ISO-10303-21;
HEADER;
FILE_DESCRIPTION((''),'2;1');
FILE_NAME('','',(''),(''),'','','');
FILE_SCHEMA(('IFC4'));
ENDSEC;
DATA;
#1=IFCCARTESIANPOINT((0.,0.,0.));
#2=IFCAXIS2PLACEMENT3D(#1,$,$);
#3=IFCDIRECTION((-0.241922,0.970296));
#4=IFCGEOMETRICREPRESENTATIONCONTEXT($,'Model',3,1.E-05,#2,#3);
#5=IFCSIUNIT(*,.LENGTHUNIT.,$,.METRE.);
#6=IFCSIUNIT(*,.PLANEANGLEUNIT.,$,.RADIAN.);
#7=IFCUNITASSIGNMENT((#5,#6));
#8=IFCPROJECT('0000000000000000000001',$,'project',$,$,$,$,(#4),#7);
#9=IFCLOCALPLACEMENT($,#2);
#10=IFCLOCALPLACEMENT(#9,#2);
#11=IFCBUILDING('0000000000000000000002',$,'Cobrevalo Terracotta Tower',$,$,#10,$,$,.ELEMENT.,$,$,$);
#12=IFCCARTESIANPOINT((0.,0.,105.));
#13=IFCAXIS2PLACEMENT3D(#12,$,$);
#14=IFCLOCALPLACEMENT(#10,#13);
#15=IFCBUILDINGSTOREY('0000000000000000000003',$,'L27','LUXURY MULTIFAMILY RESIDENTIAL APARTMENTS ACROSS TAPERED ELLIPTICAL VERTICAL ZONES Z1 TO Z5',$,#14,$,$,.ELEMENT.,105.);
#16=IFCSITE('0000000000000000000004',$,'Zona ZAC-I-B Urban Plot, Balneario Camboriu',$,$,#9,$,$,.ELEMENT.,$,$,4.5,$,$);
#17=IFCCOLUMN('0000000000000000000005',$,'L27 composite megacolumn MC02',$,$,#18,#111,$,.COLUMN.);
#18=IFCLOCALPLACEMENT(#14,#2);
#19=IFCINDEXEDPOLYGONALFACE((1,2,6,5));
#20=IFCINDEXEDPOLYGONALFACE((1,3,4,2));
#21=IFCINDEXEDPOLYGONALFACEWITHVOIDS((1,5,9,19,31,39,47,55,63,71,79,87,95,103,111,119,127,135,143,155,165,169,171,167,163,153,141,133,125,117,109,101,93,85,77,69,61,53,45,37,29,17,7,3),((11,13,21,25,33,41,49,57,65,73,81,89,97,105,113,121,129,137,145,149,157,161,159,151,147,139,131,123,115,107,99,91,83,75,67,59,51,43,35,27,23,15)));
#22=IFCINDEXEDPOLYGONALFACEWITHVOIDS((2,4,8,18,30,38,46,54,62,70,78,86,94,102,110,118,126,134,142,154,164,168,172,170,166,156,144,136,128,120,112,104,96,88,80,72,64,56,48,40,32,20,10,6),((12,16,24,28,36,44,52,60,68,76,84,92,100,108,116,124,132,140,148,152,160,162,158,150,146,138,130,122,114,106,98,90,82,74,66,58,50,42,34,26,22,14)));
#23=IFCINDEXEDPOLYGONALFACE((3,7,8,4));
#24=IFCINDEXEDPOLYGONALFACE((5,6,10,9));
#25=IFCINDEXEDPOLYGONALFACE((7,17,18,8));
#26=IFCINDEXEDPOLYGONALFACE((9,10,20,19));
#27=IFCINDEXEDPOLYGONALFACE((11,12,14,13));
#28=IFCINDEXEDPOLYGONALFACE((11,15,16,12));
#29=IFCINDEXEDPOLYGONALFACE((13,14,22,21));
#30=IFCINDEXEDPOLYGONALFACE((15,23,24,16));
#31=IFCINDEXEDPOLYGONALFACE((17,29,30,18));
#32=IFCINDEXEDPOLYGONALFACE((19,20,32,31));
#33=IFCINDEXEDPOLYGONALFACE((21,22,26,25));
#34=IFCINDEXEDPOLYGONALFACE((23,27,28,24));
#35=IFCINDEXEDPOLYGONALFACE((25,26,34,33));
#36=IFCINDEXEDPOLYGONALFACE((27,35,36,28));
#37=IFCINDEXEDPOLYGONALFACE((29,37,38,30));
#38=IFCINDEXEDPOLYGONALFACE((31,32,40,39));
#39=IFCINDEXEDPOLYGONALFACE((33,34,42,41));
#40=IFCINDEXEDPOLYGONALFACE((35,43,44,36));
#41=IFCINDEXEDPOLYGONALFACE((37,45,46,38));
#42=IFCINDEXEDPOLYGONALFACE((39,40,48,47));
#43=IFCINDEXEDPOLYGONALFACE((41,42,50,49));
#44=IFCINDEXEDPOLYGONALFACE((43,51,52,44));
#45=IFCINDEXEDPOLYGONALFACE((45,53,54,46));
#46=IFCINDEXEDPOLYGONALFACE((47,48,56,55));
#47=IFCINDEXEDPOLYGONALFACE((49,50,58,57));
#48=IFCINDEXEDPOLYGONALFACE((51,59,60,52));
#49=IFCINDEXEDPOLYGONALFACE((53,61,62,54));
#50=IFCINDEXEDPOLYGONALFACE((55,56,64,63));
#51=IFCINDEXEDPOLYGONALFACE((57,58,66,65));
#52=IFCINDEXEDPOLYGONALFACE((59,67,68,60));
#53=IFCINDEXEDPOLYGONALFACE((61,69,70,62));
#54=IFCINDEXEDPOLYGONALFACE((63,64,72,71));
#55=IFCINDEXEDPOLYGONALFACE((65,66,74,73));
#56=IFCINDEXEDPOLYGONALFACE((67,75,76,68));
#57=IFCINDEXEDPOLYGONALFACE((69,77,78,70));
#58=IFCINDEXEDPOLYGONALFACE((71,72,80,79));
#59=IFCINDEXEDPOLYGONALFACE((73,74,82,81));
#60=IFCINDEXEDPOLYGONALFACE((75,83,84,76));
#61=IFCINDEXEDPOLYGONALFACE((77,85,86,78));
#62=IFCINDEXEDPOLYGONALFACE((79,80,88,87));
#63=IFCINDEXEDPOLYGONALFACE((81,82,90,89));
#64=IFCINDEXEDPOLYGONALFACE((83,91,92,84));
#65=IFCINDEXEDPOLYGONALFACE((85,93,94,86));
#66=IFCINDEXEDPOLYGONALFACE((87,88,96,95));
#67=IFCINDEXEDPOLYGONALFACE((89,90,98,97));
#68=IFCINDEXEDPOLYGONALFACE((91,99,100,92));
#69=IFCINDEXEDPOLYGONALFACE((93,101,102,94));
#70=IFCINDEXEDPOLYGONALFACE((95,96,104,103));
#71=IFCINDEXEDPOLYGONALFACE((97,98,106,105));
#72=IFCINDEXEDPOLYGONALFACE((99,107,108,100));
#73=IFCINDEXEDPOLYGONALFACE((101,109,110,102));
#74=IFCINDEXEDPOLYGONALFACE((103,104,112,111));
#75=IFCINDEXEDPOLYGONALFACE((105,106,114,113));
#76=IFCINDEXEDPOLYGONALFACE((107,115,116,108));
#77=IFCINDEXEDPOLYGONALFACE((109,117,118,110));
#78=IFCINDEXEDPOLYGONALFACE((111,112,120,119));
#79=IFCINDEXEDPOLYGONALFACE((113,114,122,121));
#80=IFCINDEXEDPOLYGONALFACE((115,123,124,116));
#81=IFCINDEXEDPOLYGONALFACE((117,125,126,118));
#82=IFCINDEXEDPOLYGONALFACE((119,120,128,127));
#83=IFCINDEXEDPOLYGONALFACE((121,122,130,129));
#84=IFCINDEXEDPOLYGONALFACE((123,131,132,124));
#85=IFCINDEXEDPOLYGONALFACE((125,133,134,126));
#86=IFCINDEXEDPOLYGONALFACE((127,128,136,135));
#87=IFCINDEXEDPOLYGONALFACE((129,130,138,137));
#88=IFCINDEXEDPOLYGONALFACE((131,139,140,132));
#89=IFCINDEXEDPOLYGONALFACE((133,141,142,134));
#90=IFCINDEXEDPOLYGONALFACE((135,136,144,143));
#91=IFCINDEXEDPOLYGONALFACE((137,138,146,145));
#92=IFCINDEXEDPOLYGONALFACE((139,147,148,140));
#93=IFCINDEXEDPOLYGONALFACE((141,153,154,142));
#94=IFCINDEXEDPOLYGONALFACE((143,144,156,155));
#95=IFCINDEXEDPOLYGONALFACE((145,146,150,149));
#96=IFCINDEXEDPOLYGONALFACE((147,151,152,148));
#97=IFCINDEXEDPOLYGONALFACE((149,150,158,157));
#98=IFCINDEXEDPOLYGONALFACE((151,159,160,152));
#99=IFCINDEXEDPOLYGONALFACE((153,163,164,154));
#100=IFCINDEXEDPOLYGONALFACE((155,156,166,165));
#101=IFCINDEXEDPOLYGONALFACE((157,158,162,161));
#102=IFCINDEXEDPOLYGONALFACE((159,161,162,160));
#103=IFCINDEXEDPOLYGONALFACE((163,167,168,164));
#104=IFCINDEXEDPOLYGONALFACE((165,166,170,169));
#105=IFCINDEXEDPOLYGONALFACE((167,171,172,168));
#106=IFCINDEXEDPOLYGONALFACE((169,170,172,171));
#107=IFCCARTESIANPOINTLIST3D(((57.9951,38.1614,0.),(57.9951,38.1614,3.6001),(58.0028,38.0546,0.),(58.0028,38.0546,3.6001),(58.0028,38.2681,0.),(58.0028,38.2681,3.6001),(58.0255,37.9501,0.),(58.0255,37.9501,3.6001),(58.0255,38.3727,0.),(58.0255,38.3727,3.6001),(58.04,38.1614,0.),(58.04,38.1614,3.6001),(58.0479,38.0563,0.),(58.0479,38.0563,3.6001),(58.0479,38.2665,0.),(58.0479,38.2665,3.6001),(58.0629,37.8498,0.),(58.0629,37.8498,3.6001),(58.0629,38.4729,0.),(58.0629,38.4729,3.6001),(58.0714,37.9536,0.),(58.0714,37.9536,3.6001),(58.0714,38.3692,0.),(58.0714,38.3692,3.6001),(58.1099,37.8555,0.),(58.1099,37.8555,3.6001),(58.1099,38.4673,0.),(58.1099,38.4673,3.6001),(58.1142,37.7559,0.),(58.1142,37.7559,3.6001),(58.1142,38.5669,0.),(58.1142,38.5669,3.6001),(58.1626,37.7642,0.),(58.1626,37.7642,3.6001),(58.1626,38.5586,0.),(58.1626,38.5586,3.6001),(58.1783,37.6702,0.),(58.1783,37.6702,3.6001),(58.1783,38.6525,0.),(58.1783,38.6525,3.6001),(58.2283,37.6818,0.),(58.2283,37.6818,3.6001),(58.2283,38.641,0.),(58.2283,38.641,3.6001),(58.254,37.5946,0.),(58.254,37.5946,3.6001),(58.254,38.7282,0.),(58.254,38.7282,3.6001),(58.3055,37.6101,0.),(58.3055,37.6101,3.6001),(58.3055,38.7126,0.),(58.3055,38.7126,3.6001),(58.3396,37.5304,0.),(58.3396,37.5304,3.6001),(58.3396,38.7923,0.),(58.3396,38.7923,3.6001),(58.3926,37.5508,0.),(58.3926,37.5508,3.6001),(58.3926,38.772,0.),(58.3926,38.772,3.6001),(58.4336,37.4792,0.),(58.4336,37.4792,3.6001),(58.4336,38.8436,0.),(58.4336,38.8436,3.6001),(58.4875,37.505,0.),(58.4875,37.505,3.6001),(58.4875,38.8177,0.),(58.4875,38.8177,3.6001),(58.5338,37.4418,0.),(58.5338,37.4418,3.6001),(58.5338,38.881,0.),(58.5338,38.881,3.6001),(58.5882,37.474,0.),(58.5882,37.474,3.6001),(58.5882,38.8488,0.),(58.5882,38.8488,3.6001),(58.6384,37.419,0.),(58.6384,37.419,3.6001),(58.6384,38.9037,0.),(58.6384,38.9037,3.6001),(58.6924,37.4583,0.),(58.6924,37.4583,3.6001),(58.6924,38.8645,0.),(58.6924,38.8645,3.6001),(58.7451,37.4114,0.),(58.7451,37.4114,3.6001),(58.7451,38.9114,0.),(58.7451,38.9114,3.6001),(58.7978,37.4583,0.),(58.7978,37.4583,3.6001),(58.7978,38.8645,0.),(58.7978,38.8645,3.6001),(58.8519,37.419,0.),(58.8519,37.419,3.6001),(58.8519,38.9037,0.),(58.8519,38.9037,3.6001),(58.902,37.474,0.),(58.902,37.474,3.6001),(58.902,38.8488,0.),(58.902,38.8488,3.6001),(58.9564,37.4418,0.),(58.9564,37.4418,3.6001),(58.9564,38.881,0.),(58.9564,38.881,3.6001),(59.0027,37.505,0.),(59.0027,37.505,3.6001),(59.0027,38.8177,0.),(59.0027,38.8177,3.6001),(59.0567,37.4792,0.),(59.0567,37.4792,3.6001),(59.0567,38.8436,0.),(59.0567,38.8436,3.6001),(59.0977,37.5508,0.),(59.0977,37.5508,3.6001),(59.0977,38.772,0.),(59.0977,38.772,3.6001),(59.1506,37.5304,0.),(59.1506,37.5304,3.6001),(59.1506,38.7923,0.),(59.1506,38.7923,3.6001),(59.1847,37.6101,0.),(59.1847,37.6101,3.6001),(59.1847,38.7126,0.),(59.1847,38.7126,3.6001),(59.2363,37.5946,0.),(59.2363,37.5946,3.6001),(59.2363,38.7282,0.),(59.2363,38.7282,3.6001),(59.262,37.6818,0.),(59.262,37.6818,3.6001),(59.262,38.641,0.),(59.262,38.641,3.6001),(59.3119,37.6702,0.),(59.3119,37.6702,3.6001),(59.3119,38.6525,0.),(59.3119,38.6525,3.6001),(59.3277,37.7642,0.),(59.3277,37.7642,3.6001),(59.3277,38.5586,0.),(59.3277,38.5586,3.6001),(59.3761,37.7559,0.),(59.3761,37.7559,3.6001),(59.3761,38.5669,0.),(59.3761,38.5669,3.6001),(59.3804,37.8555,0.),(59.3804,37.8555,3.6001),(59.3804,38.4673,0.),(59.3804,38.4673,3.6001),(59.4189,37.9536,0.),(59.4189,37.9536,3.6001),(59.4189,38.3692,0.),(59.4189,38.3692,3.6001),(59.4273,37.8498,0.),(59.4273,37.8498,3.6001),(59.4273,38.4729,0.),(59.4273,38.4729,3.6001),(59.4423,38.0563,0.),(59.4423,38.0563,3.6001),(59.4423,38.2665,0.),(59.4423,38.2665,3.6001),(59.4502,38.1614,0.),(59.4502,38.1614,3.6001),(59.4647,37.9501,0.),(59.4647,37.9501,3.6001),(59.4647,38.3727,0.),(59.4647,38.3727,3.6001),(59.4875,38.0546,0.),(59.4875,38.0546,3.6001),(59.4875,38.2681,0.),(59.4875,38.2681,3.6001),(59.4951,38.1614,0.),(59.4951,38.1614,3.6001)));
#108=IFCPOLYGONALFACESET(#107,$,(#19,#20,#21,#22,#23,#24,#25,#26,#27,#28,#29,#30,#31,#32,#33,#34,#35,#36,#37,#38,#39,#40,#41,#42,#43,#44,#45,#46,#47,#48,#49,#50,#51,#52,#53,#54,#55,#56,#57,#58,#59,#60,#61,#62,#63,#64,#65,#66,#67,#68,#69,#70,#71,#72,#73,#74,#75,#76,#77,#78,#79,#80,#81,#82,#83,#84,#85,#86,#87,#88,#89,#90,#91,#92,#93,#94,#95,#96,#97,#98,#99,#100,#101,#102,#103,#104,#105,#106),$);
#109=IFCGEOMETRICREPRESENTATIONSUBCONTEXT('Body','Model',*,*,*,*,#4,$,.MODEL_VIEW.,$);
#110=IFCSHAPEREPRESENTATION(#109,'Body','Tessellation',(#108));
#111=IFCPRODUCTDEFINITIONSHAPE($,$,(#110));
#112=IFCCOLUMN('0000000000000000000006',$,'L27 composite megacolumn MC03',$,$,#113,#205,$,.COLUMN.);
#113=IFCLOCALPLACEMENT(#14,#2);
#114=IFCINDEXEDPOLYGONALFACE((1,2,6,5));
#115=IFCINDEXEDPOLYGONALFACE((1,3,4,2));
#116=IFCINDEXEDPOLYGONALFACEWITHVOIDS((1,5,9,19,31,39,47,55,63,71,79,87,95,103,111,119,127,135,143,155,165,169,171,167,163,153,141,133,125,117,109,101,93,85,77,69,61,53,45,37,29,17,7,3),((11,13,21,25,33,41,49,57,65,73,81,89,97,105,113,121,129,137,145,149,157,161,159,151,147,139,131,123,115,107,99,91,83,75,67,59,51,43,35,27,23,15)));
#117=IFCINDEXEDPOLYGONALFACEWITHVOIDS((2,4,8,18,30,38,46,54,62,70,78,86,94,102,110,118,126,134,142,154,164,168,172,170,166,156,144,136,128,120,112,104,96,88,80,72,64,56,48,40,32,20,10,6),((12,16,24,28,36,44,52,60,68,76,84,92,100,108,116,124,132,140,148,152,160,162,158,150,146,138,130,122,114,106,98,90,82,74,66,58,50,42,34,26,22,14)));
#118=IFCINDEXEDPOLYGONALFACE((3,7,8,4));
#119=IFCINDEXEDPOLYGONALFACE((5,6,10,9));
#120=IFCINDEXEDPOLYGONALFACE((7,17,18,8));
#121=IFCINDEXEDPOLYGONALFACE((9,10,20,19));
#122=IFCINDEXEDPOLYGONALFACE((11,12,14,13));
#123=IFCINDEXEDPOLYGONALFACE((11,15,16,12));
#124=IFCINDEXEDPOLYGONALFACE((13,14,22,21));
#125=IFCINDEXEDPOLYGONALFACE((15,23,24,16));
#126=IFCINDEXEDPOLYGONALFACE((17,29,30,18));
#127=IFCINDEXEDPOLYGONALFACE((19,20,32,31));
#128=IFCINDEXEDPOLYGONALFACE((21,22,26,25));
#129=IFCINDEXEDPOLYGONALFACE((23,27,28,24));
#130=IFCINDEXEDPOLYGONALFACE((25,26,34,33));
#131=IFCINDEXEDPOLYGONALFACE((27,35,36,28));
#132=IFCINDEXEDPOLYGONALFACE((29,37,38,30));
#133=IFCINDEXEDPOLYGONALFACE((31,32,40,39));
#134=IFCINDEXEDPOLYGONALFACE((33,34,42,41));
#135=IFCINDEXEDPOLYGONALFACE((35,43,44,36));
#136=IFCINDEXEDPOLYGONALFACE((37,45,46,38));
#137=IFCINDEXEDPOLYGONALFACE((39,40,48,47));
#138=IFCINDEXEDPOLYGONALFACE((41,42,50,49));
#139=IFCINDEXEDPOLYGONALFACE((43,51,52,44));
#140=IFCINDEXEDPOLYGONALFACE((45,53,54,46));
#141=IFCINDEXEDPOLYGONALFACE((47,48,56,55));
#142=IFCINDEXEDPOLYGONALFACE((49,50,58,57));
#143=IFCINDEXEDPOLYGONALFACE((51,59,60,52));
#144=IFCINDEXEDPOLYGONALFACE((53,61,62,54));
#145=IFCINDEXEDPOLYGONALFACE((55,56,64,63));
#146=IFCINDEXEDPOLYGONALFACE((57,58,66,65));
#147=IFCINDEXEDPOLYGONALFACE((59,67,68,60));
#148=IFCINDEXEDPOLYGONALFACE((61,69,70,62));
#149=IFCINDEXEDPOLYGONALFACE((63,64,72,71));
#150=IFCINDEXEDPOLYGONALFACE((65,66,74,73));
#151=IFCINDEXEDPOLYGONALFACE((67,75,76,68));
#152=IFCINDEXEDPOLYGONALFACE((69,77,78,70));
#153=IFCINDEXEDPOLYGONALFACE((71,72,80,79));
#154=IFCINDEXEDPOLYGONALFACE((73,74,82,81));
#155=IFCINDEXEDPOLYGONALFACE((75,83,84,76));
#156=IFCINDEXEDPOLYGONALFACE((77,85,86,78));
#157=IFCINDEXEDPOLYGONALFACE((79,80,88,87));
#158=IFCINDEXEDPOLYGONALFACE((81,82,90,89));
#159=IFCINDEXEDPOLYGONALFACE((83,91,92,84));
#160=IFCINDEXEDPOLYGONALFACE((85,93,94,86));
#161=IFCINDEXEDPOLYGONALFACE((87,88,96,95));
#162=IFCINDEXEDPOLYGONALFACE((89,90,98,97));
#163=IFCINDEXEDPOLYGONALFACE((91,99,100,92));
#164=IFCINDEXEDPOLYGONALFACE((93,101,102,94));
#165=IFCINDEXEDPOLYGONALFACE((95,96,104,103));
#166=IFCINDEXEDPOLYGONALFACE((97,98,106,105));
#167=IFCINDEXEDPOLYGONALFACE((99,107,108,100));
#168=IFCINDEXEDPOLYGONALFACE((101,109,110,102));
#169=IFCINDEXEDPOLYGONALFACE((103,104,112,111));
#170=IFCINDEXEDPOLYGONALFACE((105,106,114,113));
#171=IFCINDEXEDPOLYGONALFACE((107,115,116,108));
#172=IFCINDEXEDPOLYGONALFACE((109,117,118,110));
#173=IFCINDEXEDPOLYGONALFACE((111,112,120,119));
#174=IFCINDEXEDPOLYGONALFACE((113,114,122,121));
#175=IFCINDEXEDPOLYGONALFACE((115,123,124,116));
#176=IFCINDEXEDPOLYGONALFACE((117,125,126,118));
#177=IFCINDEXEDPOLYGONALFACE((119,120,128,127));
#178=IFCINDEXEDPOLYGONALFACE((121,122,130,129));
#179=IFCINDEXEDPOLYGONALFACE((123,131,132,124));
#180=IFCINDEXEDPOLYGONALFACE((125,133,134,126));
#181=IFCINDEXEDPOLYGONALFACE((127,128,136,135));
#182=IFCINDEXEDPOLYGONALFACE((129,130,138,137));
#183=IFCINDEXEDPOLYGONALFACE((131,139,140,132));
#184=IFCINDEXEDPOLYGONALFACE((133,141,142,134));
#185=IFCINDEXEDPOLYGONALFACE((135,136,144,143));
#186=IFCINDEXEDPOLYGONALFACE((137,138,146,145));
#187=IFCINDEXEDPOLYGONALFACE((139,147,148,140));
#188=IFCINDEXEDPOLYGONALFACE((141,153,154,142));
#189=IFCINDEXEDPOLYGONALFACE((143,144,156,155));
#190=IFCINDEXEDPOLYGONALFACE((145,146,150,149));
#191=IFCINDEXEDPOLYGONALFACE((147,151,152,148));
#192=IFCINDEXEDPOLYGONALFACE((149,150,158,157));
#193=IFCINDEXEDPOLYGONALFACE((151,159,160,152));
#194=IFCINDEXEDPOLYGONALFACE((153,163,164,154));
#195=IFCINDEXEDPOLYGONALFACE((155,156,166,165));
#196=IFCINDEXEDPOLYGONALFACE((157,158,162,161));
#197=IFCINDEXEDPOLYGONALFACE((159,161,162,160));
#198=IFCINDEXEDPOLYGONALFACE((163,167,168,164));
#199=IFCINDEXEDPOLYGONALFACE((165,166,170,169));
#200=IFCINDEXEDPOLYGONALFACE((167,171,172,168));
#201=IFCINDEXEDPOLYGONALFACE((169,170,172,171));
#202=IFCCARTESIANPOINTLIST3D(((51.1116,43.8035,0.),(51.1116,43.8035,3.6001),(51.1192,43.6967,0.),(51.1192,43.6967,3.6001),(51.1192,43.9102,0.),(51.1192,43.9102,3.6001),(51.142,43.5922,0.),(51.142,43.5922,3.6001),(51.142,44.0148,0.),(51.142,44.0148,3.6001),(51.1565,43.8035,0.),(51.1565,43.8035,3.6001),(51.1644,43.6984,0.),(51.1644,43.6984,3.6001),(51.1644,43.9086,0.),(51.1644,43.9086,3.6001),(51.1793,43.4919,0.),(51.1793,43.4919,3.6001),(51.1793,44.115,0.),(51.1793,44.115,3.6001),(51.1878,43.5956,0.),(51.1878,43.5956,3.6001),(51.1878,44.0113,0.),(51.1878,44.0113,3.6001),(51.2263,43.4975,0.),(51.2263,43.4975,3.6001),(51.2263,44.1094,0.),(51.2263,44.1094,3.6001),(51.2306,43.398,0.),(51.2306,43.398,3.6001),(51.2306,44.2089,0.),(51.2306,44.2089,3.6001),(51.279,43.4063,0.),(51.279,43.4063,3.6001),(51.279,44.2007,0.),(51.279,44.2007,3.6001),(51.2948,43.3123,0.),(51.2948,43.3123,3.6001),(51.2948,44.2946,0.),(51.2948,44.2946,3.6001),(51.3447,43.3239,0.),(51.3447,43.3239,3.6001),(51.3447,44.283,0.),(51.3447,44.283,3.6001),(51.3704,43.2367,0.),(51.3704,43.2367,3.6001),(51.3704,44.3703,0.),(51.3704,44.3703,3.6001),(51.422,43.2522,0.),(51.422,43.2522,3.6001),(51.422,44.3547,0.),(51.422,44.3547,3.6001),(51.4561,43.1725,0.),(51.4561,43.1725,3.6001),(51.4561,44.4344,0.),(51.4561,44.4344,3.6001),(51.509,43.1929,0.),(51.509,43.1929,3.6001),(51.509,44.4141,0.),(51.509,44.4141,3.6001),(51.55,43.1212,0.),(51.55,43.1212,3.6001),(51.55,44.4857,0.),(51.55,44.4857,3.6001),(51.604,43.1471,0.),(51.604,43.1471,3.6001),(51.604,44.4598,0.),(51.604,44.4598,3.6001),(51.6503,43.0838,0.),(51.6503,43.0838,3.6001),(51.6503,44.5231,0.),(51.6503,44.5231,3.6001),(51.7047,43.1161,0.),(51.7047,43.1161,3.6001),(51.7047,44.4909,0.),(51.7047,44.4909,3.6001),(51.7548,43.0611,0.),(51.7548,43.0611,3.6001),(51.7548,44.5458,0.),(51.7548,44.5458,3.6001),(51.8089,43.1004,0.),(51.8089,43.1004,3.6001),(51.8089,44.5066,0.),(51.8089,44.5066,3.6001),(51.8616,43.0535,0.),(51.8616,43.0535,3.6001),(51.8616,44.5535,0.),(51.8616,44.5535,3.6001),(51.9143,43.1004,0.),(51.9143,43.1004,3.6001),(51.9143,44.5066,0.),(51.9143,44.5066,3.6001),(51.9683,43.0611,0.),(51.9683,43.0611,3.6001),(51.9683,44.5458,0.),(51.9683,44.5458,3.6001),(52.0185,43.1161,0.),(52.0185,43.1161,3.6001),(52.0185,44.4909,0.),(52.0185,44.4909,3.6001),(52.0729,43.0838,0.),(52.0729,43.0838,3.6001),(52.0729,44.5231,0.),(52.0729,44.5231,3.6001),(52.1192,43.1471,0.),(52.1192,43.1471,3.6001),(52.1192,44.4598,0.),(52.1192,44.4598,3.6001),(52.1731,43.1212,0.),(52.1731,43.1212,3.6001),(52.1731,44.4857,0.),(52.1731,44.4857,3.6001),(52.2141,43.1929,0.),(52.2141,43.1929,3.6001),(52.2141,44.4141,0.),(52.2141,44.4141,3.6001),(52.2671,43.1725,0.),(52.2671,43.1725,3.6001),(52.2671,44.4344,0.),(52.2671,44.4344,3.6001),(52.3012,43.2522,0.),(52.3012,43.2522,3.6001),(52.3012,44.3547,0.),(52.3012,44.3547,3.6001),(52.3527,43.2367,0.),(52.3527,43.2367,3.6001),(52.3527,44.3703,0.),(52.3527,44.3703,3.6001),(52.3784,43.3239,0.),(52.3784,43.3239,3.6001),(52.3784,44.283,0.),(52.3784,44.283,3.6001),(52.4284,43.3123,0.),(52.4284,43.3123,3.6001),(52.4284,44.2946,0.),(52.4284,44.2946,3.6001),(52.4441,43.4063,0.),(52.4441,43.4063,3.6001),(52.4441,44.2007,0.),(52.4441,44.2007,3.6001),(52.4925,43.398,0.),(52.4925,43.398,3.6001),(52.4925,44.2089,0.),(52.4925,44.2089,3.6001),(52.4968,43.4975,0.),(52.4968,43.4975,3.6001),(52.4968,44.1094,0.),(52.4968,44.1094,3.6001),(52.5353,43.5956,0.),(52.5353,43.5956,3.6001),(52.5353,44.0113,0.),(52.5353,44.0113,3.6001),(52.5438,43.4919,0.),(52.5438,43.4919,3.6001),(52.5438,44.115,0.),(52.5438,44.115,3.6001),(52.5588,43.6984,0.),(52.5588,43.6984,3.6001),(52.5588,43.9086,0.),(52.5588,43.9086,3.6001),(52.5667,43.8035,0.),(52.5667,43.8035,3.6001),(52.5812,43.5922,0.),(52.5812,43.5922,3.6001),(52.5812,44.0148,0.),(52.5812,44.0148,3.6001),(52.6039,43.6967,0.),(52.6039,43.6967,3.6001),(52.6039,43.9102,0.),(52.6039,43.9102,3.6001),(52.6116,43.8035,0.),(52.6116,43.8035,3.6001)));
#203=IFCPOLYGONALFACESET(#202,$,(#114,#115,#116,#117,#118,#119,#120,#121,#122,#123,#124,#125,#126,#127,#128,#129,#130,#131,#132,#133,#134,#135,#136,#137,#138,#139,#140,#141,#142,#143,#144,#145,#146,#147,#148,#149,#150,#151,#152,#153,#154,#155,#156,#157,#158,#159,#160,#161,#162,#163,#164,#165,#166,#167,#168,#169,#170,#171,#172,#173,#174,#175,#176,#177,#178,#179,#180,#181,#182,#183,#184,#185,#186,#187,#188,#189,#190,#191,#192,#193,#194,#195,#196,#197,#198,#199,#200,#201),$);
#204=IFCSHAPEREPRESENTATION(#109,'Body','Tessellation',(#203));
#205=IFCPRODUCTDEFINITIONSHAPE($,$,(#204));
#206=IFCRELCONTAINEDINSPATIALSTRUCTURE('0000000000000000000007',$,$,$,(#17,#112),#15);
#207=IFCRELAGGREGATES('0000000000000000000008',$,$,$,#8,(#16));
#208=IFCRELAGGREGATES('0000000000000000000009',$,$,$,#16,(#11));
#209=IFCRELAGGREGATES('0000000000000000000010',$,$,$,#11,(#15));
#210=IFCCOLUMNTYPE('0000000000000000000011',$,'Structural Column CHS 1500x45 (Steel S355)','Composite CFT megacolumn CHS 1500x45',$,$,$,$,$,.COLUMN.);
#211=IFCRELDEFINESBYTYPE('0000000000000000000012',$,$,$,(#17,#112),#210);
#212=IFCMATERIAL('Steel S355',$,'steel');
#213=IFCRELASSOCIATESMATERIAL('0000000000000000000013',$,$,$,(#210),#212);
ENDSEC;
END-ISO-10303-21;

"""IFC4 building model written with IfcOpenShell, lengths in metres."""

from ifc_helpers import new_model, si_unit, direction, frame, origin, origin_2d, place, context, subcontext, project, spatial, hollow_circle, extrude, material, material_profile, profile_set, type_object, element, save


model = new_model("IFC4")

# Units and contexts
model_context = context("Model", 3, precision=1e-05, world=origin(), true_north=direction((-0.241922, 0.970296)))
body_context = subcontext(model_context, "Body", "Model", "MODEL_VIEW")
ifc_project = project(units=[si_unit("LENGTHUNIT", "METRE"), si_unit("PLANEANGLEUNIT", "RADIAN")], contexts=[model_context])

# Site, building, storey
site_placement = place(None, origin())
site = spatial("IfcSite", under=ifc_project, at=site_placement, Name="Zona ZAC-I-B Urban Plot, Balneario Camboriu", CompositionType="ELEMENT", RefElevation=4.5)
building_placement = place(site_placement, origin())
building = spatial("IfcBuilding", under=site, at=building_placement, Name="Cobrevalo Terracotta Tower", CompositionType="ELEMENT")
storey_placement = place(building_placement, frame((0.0, 0.0, 105.0)))
storey = spatial("IfcBuildingStorey", under=building, at=storey_placement, Name="L27", Description="LUXURY MULTIFAMILY RESIDENTIAL APARTMENTS ACROSS TAPERED ELLIPTICAL VERTICAL ZONES Z1 TO Z5", CompositionType="ELEMENT", Elevation=105.0)

# Columns
ifc_material_1 = material(Name="Steel S355", Category="steel")
ifc_material_profile_1 = material_profile(ifc_material_1, hollow_circle(Radius=0.75, WallThickness=0.0449, at=origin_2d()), Name="CHS 1500x45")
ifc_profile_set_1 = profile_set([ifc_material_profile_1], Name="Steel S355")
column_type = type_object("IfcColumnType", Name="Structural Column CHS 1500x45 (Steel S355)", Description="Composite CFT megacolumn CHS 1500x45", PredefinedType="COLUMN", material=ifc_profile_set_1)
for number, where, z_axis, x_axis, name in (
    (1, (58.7451, 38.1614, 0.0), (0.0, 0.0, 1.0), (1.0, 0.0, 0.0), "L27 composite megacolumn MC02"),
    (2, (51.8616, 43.8035, 0.0), (0.0, 0.0, 1.0), (1.0, 0.0, 0.0), "L27 composite megacolumn MC03"),
):
    element("IfcColumn", number, at=place(storey_placement, frame(where, z_axis=z_axis, x_axis=x_axis)), inside=storey, type_object=column_type, Name=name, PredefinedType="COLUMN", context=body_context, shape_type="SweptSolid", body=[
        extrude(hollow_circle(Radius=0.75, WallThickness=0.0449, at=origin_2d()), origin(), (0.0, 0.0, 1.0), 3.6001),
    ])

save(model, "model.ifc")
